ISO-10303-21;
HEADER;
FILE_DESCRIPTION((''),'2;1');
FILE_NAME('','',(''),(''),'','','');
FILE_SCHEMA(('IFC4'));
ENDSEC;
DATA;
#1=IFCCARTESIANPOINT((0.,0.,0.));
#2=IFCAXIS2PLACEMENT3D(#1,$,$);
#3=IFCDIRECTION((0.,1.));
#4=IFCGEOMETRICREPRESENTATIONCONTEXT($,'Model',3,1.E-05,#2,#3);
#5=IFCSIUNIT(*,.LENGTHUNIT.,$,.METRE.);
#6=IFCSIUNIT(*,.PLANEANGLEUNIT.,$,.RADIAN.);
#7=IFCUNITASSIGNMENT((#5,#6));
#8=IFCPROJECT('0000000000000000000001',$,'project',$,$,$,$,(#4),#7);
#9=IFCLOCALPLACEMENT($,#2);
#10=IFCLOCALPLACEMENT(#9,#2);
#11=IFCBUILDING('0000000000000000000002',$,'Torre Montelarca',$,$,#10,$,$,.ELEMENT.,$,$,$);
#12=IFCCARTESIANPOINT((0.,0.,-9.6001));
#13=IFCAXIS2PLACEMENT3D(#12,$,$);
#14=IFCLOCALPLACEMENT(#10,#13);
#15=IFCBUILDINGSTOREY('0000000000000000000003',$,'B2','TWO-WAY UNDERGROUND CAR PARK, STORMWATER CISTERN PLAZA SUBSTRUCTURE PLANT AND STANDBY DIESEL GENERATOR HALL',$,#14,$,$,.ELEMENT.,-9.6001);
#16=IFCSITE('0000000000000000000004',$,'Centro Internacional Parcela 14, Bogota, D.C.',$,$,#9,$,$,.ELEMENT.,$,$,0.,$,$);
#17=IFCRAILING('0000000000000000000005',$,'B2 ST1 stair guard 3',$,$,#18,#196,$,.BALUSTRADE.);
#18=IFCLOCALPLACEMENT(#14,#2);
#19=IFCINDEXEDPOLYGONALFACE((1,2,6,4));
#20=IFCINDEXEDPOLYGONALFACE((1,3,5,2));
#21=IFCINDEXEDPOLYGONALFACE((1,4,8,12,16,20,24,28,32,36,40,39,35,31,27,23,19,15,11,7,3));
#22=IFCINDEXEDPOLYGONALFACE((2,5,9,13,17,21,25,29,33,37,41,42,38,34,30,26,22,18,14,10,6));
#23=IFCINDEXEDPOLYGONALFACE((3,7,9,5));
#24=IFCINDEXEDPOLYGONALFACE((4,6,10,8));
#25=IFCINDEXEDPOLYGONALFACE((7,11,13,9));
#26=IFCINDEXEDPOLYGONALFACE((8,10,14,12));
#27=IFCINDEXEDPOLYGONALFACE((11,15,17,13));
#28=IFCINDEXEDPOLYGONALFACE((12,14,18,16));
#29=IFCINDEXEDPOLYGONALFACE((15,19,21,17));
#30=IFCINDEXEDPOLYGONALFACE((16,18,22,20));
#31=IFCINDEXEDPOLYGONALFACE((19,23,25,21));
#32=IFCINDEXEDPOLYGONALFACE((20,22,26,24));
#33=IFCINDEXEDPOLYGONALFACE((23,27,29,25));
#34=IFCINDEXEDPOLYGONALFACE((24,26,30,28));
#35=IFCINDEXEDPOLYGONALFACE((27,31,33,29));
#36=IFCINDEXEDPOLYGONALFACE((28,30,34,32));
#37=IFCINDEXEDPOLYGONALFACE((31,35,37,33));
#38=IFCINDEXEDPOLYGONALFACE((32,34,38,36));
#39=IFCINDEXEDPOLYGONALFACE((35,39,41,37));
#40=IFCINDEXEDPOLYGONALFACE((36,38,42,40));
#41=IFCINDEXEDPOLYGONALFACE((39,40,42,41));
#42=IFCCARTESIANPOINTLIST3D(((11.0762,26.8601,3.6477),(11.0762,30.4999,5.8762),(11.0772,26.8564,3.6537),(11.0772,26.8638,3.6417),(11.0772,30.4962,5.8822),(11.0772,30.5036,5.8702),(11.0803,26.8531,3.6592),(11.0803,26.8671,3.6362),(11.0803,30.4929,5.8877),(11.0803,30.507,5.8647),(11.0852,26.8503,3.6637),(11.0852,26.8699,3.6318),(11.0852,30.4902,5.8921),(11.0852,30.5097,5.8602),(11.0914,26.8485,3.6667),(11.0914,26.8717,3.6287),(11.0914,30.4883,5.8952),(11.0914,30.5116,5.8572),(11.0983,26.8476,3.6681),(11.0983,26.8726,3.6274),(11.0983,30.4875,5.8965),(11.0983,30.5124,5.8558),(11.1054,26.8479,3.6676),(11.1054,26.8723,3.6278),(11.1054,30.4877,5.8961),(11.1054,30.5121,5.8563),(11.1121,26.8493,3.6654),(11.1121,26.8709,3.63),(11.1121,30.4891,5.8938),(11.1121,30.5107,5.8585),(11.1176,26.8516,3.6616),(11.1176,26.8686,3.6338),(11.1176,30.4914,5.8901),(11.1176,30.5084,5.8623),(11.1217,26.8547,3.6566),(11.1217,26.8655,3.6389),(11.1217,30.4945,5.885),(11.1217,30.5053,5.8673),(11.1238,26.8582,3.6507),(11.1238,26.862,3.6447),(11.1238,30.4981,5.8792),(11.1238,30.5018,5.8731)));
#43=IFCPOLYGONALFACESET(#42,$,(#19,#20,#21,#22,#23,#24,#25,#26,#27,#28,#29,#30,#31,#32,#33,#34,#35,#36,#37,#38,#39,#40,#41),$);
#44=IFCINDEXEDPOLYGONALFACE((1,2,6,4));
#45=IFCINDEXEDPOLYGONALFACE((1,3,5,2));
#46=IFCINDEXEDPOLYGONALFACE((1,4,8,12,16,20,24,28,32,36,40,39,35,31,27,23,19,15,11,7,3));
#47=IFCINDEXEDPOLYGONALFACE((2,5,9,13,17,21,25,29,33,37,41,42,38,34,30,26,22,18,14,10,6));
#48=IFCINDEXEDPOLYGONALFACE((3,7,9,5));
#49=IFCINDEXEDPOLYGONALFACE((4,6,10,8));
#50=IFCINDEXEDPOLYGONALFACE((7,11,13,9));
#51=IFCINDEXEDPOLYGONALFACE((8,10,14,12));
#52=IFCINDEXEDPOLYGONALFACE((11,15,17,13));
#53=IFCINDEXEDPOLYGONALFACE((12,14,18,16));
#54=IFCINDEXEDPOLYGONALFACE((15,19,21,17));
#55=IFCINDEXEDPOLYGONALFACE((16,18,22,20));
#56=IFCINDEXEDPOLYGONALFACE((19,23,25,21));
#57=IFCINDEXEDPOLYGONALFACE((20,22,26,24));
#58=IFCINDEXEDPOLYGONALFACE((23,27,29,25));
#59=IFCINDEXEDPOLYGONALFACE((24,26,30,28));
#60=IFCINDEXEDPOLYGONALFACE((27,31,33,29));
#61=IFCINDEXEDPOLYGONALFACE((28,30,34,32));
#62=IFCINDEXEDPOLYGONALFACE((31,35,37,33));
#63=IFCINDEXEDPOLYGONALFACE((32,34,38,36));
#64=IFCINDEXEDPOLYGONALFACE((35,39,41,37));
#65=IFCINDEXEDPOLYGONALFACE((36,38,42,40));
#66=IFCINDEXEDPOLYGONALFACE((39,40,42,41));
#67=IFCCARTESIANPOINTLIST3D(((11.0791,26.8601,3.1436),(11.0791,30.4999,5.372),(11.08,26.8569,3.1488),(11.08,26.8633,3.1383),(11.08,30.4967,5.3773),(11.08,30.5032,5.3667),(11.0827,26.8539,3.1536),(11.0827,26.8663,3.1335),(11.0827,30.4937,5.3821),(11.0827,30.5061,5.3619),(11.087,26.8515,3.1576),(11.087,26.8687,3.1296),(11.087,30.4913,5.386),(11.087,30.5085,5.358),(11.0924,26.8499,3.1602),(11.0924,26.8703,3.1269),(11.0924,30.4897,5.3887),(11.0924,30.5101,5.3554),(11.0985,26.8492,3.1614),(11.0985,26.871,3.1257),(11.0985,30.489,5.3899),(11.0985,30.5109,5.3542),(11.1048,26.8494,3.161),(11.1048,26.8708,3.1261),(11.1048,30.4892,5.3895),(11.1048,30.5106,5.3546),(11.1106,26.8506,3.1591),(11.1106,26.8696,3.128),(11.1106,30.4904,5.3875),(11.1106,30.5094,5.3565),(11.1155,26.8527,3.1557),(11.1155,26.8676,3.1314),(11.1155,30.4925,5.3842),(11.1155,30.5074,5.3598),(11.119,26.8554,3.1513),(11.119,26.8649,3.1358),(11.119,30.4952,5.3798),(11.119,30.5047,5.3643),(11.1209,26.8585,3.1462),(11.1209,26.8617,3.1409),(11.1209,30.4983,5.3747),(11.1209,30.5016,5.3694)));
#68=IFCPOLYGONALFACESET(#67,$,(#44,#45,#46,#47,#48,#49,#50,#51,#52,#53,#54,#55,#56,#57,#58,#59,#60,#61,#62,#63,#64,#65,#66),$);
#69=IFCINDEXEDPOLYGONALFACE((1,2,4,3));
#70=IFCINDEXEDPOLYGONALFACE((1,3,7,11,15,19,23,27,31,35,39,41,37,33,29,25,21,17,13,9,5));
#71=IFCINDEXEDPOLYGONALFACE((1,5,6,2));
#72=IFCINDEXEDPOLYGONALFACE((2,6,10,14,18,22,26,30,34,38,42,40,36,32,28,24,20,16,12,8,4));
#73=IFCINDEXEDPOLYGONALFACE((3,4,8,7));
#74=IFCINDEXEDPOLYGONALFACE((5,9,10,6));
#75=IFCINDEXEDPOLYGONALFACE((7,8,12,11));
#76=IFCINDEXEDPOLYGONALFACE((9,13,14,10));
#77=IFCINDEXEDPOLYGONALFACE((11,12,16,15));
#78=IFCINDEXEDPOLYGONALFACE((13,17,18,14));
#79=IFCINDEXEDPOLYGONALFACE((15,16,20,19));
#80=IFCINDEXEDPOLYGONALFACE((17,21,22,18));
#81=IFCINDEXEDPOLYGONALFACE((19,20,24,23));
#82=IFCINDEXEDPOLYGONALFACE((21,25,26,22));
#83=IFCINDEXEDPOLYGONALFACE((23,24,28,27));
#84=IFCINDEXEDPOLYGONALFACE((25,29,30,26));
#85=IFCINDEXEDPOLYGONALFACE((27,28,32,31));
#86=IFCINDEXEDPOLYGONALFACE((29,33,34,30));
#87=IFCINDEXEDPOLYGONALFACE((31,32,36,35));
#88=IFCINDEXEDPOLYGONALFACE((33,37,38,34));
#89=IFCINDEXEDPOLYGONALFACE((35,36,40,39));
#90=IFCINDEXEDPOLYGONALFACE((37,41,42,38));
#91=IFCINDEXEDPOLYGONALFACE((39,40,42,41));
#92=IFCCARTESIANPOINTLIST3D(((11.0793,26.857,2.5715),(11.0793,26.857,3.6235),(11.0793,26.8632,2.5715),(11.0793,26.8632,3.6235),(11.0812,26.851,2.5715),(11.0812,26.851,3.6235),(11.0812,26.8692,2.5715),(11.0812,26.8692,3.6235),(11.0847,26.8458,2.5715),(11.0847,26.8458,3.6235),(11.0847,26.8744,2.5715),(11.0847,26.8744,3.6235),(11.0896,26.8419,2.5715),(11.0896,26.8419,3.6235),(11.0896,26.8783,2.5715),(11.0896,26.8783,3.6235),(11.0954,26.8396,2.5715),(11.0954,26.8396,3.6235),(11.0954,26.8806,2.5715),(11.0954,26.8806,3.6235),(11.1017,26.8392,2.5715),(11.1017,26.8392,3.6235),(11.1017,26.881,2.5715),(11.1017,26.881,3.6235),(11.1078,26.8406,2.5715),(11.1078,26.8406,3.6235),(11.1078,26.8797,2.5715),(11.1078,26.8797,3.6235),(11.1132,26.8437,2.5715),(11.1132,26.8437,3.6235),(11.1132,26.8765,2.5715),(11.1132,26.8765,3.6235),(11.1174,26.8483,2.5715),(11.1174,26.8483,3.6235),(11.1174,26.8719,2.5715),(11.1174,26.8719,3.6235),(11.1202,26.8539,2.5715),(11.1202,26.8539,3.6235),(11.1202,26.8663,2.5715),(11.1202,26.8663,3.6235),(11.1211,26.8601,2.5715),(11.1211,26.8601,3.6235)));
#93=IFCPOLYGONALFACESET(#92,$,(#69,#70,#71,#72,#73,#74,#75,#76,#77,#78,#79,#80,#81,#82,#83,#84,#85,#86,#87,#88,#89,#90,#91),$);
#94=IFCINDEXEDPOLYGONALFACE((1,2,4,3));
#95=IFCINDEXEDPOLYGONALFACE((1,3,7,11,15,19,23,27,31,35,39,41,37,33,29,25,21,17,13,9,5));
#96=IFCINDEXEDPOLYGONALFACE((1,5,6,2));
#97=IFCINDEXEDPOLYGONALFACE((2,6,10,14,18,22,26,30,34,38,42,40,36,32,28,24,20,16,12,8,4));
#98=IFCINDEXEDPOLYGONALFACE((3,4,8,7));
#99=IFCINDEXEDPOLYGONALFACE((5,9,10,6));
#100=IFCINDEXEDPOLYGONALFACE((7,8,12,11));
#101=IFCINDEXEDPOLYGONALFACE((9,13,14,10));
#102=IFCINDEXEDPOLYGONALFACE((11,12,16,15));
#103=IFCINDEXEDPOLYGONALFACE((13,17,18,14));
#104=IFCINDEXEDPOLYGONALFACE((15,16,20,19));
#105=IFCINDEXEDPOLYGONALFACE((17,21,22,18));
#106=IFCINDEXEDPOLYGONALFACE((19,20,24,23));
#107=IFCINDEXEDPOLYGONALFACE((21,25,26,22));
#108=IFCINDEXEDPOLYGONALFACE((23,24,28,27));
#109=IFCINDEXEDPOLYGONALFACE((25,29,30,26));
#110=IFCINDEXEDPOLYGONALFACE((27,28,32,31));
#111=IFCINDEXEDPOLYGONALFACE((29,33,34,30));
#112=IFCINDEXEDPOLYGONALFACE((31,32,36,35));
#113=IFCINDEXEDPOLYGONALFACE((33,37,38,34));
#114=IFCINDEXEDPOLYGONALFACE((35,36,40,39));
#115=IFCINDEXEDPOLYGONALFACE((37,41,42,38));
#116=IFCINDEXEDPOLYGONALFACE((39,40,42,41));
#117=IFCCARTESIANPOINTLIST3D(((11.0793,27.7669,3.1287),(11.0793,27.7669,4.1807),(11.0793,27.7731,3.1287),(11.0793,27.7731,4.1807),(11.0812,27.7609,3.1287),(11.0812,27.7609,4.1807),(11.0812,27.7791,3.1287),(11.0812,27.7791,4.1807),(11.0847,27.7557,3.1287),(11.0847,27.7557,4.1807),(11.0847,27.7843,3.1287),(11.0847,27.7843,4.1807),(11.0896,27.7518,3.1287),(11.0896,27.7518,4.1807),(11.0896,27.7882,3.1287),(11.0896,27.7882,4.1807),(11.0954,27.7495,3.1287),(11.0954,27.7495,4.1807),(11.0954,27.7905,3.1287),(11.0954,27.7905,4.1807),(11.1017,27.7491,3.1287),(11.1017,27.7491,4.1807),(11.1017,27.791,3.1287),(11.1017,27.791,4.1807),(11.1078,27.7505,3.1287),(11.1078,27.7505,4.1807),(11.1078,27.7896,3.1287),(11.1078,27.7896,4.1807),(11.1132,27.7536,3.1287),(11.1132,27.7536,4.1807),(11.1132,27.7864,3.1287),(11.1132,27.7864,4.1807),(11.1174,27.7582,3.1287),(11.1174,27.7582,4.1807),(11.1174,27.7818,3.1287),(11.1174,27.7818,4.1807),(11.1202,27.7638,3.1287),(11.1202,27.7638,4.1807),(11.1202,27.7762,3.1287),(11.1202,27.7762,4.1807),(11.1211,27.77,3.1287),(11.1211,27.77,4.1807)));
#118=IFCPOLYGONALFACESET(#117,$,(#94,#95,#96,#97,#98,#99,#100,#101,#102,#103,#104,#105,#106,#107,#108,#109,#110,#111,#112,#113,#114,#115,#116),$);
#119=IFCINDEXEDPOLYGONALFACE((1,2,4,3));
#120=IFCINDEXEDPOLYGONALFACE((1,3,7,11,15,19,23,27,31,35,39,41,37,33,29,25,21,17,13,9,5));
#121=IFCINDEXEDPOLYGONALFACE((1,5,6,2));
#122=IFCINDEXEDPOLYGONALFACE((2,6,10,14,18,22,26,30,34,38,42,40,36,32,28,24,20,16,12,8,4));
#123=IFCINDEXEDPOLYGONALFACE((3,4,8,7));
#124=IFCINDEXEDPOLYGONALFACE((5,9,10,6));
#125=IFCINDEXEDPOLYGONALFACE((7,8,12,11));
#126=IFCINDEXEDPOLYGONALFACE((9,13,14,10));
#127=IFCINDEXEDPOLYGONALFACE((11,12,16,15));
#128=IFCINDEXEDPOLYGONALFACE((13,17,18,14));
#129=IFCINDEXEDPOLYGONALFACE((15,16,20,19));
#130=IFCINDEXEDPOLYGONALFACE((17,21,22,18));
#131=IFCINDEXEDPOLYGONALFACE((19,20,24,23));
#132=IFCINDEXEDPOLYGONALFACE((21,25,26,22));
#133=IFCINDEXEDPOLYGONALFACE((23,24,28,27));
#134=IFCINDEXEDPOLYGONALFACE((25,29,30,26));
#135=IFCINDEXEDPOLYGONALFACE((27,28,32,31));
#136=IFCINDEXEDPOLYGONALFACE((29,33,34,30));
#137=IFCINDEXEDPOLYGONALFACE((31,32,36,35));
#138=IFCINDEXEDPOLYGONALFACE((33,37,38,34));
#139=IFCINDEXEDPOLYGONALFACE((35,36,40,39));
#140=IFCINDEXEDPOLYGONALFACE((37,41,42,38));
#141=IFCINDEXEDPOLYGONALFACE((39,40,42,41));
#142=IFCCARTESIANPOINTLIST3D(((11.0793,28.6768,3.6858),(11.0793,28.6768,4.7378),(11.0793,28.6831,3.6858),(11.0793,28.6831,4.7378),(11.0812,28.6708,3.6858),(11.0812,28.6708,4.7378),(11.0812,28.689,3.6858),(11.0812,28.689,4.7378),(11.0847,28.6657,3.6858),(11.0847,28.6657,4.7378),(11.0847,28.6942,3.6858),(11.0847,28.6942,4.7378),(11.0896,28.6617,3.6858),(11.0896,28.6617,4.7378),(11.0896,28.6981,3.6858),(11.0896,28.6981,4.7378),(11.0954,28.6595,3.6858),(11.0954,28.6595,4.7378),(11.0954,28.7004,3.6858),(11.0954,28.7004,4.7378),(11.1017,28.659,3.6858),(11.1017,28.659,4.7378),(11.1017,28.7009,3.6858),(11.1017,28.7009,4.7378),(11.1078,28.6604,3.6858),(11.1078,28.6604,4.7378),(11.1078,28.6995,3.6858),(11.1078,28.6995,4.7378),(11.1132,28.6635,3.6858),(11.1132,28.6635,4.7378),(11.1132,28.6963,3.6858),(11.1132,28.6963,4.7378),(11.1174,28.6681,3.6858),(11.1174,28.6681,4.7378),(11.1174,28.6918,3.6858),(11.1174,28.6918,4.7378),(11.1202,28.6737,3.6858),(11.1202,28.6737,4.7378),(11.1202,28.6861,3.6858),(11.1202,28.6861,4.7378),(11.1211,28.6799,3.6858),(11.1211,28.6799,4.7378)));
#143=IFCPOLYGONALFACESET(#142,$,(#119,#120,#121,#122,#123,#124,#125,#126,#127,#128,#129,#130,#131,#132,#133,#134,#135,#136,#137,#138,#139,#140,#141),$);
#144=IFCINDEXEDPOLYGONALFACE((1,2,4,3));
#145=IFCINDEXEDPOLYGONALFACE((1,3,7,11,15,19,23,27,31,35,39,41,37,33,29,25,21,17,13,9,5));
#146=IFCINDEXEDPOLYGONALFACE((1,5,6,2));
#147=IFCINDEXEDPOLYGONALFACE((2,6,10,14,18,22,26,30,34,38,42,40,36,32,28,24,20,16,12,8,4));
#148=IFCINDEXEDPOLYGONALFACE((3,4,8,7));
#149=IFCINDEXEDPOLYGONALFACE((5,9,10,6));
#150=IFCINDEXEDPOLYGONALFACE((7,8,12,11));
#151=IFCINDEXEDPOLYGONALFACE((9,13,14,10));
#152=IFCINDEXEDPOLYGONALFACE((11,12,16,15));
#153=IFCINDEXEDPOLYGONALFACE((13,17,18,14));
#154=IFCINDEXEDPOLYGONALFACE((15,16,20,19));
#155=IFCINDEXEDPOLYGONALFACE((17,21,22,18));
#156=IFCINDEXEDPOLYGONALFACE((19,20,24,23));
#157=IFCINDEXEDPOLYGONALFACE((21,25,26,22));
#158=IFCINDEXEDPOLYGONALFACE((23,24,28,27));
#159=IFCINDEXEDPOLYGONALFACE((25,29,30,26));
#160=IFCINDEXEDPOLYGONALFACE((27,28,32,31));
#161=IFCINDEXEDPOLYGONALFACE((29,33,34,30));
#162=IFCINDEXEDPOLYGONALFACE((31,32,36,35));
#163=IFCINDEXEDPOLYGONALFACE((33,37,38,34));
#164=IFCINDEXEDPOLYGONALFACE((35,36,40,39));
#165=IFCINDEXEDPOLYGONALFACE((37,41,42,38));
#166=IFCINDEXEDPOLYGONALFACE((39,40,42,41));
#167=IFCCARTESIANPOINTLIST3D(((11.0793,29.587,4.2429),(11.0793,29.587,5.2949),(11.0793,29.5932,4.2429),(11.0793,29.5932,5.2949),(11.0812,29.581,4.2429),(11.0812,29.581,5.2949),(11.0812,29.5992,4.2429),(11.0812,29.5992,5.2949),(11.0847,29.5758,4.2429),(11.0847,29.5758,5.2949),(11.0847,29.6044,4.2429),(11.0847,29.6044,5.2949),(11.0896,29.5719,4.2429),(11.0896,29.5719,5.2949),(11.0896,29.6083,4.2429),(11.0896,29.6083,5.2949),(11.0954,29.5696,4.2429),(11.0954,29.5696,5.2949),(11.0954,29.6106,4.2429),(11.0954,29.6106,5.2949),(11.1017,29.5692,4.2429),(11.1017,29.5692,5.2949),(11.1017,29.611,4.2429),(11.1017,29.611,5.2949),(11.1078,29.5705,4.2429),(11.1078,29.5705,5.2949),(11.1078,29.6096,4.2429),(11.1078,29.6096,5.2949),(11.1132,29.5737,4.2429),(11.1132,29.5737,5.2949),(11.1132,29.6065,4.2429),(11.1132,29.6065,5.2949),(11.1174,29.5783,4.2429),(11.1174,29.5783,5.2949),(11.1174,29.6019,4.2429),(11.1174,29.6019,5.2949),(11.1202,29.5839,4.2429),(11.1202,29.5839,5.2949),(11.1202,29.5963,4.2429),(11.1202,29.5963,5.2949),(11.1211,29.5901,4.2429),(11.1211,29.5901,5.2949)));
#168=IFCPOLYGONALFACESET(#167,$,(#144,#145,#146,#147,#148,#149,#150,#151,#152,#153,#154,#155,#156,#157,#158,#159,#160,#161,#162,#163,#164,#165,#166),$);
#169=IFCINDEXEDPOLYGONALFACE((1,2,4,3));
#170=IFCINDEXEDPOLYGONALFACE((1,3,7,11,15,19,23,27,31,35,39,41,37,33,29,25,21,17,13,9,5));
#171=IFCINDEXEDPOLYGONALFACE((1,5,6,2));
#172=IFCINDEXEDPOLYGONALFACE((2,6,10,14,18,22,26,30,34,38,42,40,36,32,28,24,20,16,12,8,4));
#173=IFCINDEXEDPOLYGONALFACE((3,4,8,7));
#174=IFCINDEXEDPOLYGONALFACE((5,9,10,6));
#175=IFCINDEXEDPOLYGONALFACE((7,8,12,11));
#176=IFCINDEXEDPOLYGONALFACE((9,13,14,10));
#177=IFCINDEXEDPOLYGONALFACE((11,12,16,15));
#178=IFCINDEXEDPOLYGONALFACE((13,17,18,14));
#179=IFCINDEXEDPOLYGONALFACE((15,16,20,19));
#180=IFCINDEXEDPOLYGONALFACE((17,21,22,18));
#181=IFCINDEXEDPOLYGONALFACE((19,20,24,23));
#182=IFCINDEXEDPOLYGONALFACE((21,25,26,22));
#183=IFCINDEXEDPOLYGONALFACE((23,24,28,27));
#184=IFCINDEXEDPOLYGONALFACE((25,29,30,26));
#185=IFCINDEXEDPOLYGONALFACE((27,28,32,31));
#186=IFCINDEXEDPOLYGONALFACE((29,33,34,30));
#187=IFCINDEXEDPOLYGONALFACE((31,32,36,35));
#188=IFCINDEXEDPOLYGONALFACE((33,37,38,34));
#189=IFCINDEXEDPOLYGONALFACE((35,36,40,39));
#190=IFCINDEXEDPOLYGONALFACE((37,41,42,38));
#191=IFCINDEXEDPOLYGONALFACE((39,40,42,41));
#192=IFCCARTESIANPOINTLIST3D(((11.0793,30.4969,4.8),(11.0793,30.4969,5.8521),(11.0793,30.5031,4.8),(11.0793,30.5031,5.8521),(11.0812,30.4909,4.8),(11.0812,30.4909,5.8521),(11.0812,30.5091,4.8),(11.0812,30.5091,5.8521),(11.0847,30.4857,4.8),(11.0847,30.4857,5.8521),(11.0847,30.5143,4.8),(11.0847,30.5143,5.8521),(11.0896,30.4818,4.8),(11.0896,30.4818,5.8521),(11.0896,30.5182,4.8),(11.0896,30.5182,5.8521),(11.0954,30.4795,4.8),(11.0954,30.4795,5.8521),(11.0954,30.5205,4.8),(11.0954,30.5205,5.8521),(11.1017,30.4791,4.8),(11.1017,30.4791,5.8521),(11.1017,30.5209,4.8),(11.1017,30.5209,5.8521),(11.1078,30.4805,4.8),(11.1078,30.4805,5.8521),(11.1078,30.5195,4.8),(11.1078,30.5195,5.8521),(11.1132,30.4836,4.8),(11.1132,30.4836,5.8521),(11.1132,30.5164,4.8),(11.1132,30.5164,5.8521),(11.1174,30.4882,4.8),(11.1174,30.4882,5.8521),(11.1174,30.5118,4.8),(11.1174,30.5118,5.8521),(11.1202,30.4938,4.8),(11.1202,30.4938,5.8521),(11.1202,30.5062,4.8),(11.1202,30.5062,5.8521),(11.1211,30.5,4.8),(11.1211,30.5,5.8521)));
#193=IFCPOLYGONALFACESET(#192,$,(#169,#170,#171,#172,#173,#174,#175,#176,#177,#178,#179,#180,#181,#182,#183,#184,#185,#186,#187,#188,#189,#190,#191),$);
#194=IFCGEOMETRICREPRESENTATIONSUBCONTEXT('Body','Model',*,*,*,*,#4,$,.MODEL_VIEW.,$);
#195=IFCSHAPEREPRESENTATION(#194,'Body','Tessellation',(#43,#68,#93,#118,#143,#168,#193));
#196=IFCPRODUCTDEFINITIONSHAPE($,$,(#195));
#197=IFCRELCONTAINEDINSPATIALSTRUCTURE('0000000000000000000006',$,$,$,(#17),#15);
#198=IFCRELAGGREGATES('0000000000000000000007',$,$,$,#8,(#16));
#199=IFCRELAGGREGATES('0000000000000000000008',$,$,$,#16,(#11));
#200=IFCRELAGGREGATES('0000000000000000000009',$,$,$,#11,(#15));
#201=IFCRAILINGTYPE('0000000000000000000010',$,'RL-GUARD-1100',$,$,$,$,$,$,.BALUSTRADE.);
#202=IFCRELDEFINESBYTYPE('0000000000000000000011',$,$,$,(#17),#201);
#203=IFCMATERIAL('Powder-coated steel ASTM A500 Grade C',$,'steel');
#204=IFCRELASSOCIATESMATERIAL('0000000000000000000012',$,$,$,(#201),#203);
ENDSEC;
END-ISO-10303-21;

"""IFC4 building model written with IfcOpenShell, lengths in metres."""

from ifc_helpers import new_model, si_unit, direction, frame, origin, origin_2d, place, context, subcontext, project, spatial, circle, extrude, material, type_object, element, save


model = new_model("IFC4")

# Units and contexts
model_context = context("Model", 3, precision=1e-05, world=origin(), true_north=direction((0.0, 1.0)))
body_context = subcontext(model_context, "Body", "Model", "MODEL_VIEW")
ifc_project = project(units=[si_unit("LENGTHUNIT", "METRE"), si_unit("PLANEANGLEUNIT", "RADIAN")], contexts=[model_context])

# Site, building, storey
site_placement = place(None, origin())
site = spatial("IfcSite", under=ifc_project, at=site_placement, Name="Centro Internacional Parcela 14, Bogota, D.C.", CompositionType="ELEMENT", RefElevation=0.0)
building_placement = place(site_placement, origin())
building = spatial("IfcBuilding", under=site, at=building_placement, Name="Torre Montelarca", CompositionType="ELEMENT")
storey_placement = place(building_placement, frame((0.0, 0.0, -9.6001)))
storey = spatial("IfcBuildingStorey", under=building, at=storey_placement, Name="B2", Description="TWO-WAY UNDERGROUND CAR PARK, STORMWATER CISTERN PLAZA SUBSTRUCTURE PLANT AND STANDBY DIESEL GENERATOR HALL", CompositionType="ELEMENT", Elevation=-9.6001)

# Railing
ifc_material_1 = material(Name="Powder-coated steel ASTM A500 Grade C", Category="steel")
railing_type_1 = type_object("IfcRailingType", Name="RL-GUARD-1100", PredefinedType="BALUSTRADE", material=ifc_material_1)
railing_1_placement = place(storey_placement, frame((11.1001, 26.8601, 2.5715)))
element("IfcRailing", 1, at=railing_1_placement, inside=storey, type_object=railing_type_1, Name="B2 ST1 stair guard 3", PredefinedType="BALUSTRADE", context=body_context, shape_type="SweptSolid", body=[
    extrude(circle(Radius=0.0239, at=origin_2d()), frame((0.0, 0.0, 1.0762), z_axis=(0.0, 0.85285, 0.522156), x_axis=(-1.0, 0.0, 0.0)), (0.0, 0.0, 1.0), 4.2678),
    extrude(circle(Radius=0.021, at=origin_2d()), frame((0.0, 0.0, 0.572), z_axis=(0.0, 0.85285, 0.522156), x_axis=(-1.0, 0.0, 0.0)), (0.0, 0.0, 1.0), 4.2678),
    extrude(circle(Radius=0.021, at=origin_2d()), origin(), (0.0, 0.0, 1.0), 1.052),
    extrude(circle(Radius=0.021, at=origin_2d()), frame((0.0, 0.9099, 0.5571)), (0.0, 0.0, 1.0), 1.052),
    extrude(circle(Radius=0.021, at=origin_2d()), frame((0.0, 1.8198, 1.1143)), (0.0, 0.0, 1.0), 1.052),
    extrude(circle(Radius=0.021, at=origin_2d()), frame((0.0, 2.73, 1.6714)), (0.0, 0.0, 1.0), 1.052),
    extrude(circle(Radius=0.021, at=origin_2d()), frame((0.0, 3.6399, 2.2285)), (0.0, 0.0, 1.0), 1.052),
])

save(model, "model.ifc")
